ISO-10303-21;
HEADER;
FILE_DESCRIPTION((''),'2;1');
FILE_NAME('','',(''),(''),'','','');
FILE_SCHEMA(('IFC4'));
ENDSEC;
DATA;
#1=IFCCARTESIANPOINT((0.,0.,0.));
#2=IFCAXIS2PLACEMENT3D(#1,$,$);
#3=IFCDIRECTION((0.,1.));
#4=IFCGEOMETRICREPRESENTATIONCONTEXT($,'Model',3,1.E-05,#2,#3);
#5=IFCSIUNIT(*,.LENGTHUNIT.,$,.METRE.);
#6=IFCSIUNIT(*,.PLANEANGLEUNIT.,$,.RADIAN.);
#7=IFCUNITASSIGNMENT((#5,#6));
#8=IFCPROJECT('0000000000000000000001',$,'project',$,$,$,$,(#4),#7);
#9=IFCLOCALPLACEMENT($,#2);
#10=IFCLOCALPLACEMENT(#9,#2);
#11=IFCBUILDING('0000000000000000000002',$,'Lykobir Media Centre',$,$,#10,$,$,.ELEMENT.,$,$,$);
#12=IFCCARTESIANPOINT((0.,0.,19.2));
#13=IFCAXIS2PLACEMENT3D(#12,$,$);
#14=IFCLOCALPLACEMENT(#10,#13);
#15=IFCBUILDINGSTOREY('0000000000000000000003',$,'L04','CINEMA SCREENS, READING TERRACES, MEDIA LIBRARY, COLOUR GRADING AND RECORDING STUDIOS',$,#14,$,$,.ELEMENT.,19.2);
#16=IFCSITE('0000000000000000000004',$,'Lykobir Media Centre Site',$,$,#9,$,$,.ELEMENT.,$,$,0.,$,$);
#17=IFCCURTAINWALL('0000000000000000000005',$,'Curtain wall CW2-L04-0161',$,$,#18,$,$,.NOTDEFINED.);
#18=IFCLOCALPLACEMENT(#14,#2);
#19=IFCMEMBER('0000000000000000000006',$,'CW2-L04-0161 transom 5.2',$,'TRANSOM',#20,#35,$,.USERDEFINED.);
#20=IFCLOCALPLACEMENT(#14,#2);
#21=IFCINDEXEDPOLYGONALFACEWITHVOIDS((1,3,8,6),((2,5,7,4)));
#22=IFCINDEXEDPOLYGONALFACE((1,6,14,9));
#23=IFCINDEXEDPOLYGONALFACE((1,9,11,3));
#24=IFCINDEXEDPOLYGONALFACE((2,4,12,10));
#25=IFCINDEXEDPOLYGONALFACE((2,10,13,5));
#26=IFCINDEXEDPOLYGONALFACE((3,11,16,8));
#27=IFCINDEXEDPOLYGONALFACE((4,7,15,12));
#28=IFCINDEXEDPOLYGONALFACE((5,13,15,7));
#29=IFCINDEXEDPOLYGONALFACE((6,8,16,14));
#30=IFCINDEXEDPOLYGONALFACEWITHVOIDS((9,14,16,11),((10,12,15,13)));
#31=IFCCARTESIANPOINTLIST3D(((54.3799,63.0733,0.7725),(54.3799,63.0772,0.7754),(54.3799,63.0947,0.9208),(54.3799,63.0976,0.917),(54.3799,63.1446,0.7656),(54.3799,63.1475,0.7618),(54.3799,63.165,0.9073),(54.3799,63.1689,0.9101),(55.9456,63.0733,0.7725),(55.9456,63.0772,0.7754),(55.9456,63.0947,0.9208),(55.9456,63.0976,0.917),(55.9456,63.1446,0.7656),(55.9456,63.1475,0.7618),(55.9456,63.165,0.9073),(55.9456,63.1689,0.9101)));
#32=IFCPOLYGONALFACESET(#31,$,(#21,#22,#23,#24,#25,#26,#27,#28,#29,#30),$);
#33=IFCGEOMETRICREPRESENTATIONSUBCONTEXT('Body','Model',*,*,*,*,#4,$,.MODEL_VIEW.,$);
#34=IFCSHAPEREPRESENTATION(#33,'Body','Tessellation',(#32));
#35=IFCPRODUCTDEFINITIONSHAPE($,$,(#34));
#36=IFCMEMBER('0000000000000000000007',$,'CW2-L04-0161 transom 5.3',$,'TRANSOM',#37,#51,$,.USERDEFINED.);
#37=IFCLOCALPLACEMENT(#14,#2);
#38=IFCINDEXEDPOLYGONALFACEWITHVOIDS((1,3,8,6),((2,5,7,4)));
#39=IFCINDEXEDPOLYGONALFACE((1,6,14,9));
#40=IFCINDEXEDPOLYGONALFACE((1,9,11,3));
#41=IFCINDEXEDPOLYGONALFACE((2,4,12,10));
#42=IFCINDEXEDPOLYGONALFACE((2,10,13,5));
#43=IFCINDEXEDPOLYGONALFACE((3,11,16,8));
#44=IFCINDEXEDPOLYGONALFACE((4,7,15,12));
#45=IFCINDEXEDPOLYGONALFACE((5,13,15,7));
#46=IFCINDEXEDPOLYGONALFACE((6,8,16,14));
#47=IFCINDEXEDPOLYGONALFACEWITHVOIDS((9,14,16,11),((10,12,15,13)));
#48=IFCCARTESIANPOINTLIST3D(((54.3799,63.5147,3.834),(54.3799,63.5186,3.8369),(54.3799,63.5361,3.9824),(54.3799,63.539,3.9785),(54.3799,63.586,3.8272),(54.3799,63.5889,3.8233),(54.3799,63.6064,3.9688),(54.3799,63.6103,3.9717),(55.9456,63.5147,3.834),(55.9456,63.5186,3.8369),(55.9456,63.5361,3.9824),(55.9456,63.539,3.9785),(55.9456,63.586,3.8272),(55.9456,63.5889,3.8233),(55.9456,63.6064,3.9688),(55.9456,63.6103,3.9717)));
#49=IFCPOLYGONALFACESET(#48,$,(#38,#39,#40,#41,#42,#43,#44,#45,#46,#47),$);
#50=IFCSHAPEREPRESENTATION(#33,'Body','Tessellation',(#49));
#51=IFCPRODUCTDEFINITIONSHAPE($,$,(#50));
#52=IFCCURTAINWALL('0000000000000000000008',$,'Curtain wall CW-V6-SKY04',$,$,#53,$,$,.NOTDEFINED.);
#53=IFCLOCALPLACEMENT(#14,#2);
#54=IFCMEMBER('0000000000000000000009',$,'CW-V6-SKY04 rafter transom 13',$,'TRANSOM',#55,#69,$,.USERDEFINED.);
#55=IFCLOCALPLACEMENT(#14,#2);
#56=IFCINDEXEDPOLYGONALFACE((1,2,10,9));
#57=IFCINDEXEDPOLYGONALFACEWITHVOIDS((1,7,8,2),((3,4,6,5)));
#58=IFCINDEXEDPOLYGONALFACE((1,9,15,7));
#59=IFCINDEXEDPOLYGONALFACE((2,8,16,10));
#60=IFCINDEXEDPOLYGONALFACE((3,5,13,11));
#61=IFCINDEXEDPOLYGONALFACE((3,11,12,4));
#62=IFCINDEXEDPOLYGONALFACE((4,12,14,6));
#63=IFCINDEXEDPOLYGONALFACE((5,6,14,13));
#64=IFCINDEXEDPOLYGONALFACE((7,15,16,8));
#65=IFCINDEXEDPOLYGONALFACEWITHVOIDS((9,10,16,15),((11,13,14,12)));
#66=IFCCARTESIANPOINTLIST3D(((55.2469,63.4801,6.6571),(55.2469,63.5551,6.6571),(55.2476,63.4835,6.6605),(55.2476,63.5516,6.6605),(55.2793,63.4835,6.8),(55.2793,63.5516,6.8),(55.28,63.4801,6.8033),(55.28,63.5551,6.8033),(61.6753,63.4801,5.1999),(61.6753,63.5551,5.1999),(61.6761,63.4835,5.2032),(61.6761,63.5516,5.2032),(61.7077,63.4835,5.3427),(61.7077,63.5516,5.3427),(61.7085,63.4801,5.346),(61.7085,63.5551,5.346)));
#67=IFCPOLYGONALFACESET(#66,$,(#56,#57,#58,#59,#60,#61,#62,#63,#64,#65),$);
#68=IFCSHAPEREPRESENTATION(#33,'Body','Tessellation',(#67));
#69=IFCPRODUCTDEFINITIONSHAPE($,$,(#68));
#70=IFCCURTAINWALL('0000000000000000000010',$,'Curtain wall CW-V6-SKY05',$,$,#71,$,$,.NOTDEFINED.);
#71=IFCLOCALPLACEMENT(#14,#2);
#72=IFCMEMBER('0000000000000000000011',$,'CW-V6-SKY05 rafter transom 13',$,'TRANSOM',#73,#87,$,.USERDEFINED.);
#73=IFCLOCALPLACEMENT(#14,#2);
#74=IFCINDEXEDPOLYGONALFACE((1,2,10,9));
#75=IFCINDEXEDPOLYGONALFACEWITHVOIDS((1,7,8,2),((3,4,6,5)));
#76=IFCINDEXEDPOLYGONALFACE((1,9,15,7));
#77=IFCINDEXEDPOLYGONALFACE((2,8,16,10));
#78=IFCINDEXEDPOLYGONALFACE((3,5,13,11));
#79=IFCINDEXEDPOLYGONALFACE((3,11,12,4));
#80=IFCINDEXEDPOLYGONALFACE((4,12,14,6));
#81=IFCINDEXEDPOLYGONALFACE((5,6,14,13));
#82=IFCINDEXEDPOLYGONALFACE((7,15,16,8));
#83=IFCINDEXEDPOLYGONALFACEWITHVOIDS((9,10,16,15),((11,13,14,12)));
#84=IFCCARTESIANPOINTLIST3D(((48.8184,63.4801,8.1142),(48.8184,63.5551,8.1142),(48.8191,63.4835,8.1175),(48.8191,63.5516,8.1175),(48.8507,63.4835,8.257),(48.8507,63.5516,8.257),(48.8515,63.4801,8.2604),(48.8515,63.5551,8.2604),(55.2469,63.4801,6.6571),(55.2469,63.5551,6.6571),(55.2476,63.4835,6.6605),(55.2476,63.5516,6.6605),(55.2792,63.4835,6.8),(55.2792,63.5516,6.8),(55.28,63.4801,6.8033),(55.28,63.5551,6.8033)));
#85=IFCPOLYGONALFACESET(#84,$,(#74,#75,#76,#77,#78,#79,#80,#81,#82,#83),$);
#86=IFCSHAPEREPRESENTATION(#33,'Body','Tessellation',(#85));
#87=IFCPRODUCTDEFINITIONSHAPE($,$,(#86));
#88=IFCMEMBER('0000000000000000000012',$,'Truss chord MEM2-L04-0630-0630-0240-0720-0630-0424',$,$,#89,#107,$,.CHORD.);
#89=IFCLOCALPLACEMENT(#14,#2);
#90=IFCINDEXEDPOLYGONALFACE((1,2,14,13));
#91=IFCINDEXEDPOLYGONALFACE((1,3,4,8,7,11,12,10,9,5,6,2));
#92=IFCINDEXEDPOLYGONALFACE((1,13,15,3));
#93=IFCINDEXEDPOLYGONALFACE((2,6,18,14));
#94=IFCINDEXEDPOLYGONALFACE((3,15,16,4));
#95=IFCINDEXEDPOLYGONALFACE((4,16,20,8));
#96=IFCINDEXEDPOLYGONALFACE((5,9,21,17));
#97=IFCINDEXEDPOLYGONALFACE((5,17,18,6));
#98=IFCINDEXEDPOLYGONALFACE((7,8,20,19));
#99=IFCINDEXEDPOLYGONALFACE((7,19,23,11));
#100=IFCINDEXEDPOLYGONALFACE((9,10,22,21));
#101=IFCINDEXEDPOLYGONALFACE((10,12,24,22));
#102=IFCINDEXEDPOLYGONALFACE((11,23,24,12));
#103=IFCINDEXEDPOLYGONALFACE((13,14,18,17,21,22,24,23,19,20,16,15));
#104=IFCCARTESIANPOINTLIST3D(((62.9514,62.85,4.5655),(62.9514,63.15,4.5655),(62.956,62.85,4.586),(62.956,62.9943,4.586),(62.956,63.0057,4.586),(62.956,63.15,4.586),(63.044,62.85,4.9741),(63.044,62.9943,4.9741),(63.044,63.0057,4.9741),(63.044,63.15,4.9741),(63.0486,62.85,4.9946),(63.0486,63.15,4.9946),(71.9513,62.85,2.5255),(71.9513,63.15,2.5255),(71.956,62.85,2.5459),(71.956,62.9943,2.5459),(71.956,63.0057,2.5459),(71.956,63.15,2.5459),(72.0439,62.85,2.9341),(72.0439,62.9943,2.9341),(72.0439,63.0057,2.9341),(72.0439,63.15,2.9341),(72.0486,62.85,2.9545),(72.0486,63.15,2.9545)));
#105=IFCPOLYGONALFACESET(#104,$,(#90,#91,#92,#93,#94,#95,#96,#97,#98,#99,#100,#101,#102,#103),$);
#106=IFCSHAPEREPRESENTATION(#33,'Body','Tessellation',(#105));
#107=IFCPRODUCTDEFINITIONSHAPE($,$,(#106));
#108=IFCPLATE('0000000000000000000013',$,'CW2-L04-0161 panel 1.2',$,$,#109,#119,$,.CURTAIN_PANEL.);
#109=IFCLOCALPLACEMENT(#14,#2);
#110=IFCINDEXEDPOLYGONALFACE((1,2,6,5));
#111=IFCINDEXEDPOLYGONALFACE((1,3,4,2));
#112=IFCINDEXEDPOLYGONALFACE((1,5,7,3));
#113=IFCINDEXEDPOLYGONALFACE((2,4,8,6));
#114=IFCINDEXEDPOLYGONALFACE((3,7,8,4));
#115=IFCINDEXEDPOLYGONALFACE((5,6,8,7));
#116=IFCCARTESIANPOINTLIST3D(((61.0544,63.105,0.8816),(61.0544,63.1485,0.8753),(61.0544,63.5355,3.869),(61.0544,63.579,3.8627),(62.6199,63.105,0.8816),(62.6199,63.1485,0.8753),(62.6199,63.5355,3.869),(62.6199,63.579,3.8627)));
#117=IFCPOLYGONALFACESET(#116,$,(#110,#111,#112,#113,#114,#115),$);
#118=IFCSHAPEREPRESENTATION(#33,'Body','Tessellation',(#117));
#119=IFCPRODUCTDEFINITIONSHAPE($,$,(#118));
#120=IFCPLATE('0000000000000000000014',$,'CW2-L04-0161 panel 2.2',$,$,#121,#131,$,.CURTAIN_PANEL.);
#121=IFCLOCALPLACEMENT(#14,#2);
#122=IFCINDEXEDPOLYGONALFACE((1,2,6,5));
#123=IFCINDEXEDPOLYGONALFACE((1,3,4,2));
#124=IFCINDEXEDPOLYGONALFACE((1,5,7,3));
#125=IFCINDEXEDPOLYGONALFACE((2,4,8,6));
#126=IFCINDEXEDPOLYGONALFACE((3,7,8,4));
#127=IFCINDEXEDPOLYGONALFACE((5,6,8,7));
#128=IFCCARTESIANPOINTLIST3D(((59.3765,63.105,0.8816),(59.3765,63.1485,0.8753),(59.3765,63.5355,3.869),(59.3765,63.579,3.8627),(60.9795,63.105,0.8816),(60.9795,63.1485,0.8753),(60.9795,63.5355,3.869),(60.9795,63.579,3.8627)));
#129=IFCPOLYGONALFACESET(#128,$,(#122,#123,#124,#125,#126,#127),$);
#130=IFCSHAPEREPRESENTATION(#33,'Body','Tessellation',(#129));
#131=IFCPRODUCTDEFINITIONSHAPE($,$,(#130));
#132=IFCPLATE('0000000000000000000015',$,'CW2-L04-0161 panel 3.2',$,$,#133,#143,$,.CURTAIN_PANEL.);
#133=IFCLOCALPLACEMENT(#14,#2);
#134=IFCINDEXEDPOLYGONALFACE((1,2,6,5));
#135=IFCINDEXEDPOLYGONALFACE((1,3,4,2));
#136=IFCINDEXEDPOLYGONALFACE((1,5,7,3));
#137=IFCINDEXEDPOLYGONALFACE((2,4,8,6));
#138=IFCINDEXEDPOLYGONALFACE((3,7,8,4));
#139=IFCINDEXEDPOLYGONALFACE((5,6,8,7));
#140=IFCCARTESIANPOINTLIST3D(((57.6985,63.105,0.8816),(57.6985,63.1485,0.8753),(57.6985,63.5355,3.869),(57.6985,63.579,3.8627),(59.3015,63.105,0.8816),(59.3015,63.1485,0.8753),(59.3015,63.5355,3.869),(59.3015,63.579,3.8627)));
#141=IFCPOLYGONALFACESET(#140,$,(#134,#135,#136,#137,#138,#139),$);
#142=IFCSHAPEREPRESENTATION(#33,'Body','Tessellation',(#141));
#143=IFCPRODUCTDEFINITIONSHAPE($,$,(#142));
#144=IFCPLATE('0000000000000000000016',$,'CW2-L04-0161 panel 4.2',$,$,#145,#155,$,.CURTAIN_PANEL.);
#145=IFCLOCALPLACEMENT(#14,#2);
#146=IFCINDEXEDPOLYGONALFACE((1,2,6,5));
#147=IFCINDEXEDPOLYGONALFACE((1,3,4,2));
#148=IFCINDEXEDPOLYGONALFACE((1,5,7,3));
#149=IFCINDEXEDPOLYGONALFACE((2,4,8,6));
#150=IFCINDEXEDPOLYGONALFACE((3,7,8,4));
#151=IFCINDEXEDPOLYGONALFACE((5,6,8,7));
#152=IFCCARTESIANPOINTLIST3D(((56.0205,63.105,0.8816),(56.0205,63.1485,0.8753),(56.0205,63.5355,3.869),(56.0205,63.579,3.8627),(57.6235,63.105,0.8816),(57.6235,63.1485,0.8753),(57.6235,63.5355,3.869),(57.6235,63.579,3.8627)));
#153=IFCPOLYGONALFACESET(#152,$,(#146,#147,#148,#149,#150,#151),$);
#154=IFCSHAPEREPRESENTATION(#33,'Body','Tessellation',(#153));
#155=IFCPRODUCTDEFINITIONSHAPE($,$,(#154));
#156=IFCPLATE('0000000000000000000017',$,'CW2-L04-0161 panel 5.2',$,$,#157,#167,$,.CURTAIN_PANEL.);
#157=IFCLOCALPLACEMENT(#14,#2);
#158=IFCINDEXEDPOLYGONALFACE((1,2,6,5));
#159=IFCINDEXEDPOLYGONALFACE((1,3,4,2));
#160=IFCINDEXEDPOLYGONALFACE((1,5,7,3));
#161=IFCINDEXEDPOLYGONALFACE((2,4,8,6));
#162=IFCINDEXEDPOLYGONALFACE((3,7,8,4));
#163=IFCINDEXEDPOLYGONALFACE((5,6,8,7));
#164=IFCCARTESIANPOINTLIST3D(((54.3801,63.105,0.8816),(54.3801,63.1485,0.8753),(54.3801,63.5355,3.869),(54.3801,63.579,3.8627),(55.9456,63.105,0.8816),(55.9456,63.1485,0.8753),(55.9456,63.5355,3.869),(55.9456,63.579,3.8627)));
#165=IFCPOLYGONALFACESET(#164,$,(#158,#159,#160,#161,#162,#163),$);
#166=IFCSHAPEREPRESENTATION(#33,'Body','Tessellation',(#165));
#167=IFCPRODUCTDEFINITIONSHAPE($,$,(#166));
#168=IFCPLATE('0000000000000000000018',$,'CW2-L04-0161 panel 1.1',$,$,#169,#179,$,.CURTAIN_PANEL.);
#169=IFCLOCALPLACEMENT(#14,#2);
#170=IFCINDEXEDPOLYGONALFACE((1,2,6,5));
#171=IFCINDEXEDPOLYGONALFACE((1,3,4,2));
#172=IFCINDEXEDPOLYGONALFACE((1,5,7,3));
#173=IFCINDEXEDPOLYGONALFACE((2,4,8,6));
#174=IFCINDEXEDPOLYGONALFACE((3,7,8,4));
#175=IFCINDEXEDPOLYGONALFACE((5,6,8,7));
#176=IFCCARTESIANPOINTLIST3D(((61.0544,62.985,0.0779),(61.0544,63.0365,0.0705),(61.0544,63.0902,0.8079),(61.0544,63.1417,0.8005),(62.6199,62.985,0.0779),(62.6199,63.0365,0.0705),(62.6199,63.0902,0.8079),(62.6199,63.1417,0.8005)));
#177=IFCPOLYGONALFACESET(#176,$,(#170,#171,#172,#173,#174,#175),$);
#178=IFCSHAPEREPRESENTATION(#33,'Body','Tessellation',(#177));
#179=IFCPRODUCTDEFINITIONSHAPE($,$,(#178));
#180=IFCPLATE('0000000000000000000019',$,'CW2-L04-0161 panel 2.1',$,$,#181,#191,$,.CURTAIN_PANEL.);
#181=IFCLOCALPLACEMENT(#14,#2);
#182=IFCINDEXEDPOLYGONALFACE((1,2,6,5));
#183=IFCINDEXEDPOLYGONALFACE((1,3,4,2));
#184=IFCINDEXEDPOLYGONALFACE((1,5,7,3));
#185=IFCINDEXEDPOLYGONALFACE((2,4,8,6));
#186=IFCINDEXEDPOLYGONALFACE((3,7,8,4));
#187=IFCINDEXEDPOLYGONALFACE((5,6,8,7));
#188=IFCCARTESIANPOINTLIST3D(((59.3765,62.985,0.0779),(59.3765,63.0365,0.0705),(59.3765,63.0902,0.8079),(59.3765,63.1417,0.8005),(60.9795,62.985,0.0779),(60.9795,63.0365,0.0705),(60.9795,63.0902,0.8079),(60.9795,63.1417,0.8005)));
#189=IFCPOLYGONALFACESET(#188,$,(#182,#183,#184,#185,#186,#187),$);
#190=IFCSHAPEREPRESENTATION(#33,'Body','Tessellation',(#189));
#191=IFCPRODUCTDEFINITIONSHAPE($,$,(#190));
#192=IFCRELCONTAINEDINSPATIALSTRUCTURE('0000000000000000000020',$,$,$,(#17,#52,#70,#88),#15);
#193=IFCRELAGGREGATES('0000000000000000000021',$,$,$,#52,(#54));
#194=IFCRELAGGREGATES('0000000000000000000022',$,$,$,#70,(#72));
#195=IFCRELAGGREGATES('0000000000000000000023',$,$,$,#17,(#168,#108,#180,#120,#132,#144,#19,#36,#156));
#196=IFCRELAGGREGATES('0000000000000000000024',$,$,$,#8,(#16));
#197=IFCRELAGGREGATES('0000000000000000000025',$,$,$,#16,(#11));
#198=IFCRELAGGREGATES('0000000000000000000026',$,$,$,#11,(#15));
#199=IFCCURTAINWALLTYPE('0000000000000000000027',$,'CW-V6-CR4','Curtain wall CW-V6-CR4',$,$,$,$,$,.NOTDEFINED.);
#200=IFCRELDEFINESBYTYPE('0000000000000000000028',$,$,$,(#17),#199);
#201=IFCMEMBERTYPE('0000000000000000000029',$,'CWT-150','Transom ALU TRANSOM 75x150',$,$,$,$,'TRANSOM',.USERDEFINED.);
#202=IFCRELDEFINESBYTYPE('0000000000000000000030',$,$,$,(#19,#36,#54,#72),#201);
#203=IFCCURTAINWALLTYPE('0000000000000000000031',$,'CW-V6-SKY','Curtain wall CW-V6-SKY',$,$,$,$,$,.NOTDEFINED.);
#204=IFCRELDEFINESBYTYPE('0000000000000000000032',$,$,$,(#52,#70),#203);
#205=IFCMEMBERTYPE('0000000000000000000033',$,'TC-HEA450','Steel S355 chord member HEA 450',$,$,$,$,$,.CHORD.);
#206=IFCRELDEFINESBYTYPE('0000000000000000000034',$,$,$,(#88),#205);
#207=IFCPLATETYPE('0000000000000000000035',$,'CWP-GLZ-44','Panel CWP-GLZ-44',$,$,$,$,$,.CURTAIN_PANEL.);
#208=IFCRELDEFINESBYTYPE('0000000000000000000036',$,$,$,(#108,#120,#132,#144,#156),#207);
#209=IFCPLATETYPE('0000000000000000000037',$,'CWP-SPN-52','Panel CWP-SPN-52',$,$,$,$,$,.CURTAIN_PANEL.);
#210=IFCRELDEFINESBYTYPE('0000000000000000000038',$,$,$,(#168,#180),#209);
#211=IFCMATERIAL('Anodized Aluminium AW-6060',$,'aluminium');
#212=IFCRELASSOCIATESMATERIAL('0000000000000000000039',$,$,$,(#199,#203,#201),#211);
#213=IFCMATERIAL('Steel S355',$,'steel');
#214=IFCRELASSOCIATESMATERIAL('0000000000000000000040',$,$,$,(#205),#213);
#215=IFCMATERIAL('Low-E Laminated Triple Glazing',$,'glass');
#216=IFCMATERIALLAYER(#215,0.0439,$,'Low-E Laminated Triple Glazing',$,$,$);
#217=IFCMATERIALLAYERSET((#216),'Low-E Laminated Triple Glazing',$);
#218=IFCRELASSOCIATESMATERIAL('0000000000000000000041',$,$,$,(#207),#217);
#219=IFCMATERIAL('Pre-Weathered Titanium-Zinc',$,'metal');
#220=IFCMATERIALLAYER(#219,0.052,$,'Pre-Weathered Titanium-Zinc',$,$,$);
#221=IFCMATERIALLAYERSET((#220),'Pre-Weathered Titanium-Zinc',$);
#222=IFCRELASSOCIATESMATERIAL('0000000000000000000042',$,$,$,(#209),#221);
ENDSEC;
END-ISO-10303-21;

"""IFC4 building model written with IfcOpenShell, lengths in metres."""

from ifc_helpers import new_model, si_unit, direction, frame, origin, origin_2d, place, context, subcontext, project, spatial, rectangle, hollow_rectangle, i_section, extrude, material, layer, layer_set, material_profile, profile_set, type_object, element, aggregate, save


model = new_model("IFC4")

# Units and contexts
model_context = context("Model", 3, precision=1e-05, world=origin(), true_north=direction((0.0, 1.0)))
body_context = subcontext(model_context, "Body", "Model", "MODEL_VIEW")
ifc_project = project(units=[si_unit("LENGTHUNIT", "METRE"), si_unit("PLANEANGLEUNIT", "RADIAN")], contexts=[model_context])

# Site, building, storey
site_placement = place(None, origin())
site = spatial("IfcSite", under=ifc_project, at=site_placement, Name="Lykobir Media Centre Site", CompositionType="ELEMENT", RefElevation=0.0)
building_placement = place(site_placement, origin())
building = spatial("IfcBuilding", under=site, at=building_placement, Name="Lykobir Media Centre", CompositionType="ELEMENT")
storey_placement = place(building_placement, frame((0.0, 0.0, 19.2)))
storey = spatial("IfcBuildingStorey", under=building, at=storey_placement, Name="L04", Description="CINEMA SCREENS, READING TERRACES, MEDIA LIBRARY, COLOUR GRADING AND RECORDING STUDIOS", CompositionType="ELEMENT", Elevation=19.2)

# Shared definitions
ifc_material_1 = material(Name="Steel S355", Category="steel")

# Curtain wall, members
ifc_material_2 = material(Name="Anodized Aluminium AW-6060", Category="aluminium")
curtain_wall_type_1 = type_object("IfcCurtainWallType", Name="CW-V6-CR4", Description="Curtain wall CW-V6-CR4", PredefinedType="NOTDEFINED", material=ifc_material_2)
curtain_wall_1_placement = place(storey_placement, origin())
curtain_wall_1 = element("IfcCurtainWall", 1, at=curtain_wall_1_placement, inside=storey, type_object=curtain_wall_type_1, Name="Curtain wall CW2-L04-0161", PredefinedType="NOTDEFINED")
ifc_material_profile_1 = material_profile(ifc_material_2, hollow_rectangle(XDim=0.075, YDim=0.1499, WallThickness=0.0034, at=origin_2d()), Name="ALU TRANSOM 75x150")
ifc_profile_set_1 = profile_set([ifc_material_profile_1], Name="Anodized Aluminium AW-6060")
member_type_1 = type_object("IfcMemberType", Name="CWT-150", Description="Transom ALU TRANSOM 75x150", ElementType="TRANSOM", PredefinedType="USERDEFINED", material=ifc_profile_set_1)
member_1_placement = place(storey_placement, frame((55.9456, 63.1211, 0.8413), z_axis=(-1.0, 0.0, 0.0), x_axis=(0.0, -0.989776, 0.142629)))
member_1 = element("IfcMember", 2, at=member_1_placement, type_object=member_type_1, Name="CW2-L04-0161 transom 5.2", ObjectType="TRANSOM", PredefinedType="USERDEFINED", context=body_context, shape_type="SweptSolid", body=[
    extrude(hollow_rectangle(XDim=0.075, YDim=0.1499, WallThickness=0.0034, at=origin_2d()), origin(), (0.0, 0.0, 1.0), 1.5657),
])
member_2_placement = place(storey_placement, frame((55.9456, 63.5625, 3.9028), z_axis=(-1.0, 0.0, 0.0), x_axis=(0.0, -0.989776, 0.142629)))
member_2 = element("IfcMember", 3, at=member_2_placement, type_object=member_type_1, Name="CW2-L04-0161 transom 5.3", ObjectType="TRANSOM", PredefinedType="USERDEFINED", context=body_context, shape_type="SweptSolid", body=[
    extrude(hollow_rectangle(XDim=0.075, YDim=0.1499, WallThickness=0.0034, at=origin_2d()), origin(), (0.0, 0.0, 1.0), 1.5657),
])

# Curtain walls, members
curtain_wall_type_2 = type_object("IfcCurtainWallType", Name="CW-V6-SKY", Description="Curtain wall CW-V6-SKY", PredefinedType="NOTDEFINED", material=ifc_material_2)
curtain_wall_2_placement = place(storey_placement, origin())
curtain_wall_2 = element("IfcCurtainWall", 4, at=curtain_wall_2_placement, inside=storey, type_object=curtain_wall_type_2, Name="Curtain wall CW-V6-SKY04", PredefinedType="NOTDEFINED")
member_3_placement = place(storey_placement, frame((61.6919, 63.5176, 5.2729), z_axis=(-0.975255, 0.0, 0.221082), x_axis=(0.0, -1.0, 0.0)))
member_3 = element("IfcMember", 5, at=member_3_placement, type_object=member_type_1, Name="CW-V6-SKY04 rafter transom 13", ObjectType="TRANSOM", PredefinedType="USERDEFINED", context=body_context, shape_type="SweptSolid", body=[
    extrude(hollow_rectangle(XDim=0.075, YDim=0.1499, WallThickness=0.0034, at=origin_2d()), origin(), (0.0, 0.0, 1.0), 6.5916),
])
aggregate(curtain_wall_2, [member_3])
curtain_wall_3_placement = place(storey_placement, origin())
curtain_wall_3 = element("IfcCurtainWall", 6, at=curtain_wall_3_placement, inside=storey, type_object=curtain_wall_type_2, Name="Curtain wall CW-V6-SKY05", PredefinedType="NOTDEFINED")
member_4_placement = place(storey_placement, frame((55.2634, 63.5176, 6.7302), z_axis=(-0.975263, 0.0, 0.221046), x_axis=(0.0, -1.0, 0.0)))
member_4 = element("IfcMember", 7, at=member_4_placement, type_object=member_type_1, Name="CW-V6-SKY05 rafter transom 13", ObjectType="TRANSOM", PredefinedType="USERDEFINED", context=body_context, shape_type="SweptSolid", body=[
    extrude(hollow_rectangle(XDim=0.075, YDim=0.1499, WallThickness=0.0034, at=origin_2d()), origin(), (0.0, 0.0, 1.0), 6.5916),
])
aggregate(curtain_wall_3, [member_4])

# Member
ifc_material_profile_2 = material_profile(ifc_material_1, i_section(OverallWidth=0.3, OverallDepth=0.4399, WebThickness=0.0115, FlangeThickness=0.021, at=origin_2d()), Name="HEA 450")
ifc_profile_set_2 = profile_set([ifc_material_profile_2], Name="Steel S355")
member_type_2 = type_object("IfcMemberType", Name="TC-HEA450", Description="Steel S355 chord member HEA 450", PredefinedType="CHORD", material=ifc_profile_set_2)
member_5_placement = place(storey_placement, frame((63.0, 63.0, 4.78), z_axis=(0.97526, 0.0, -0.221063), x_axis=(0.0, 1.0, 0.0)))
element("IfcMember", 8, at=member_5_placement, inside=storey, type_object=member_type_2, Name="Truss chord MEM2-L04-0630-0630-0240-0720-0630-0424", PredefinedType="CHORD", context=body_context, shape_type="SweptSolid", body=[
    extrude(i_section(OverallWidth=0.3, OverallDepth=0.4399, WebThickness=0.0115, FlangeThickness=0.021, at=origin_2d()), origin(), (0.0, 0.0, 1.0), 9.2283),
])

# Plates
ifc_material_3 = material(Name="Low-E Laminated Triple Glazing", Category="glass")
ifc_layer_1 = layer(ifc_material_3, 0.0439, Name="Low-E Laminated Triple Glazing")
ifc_layer_set_1 = layer_set([ifc_layer_1], Name="Low-E Laminated Triple Glazing")
plate_type_1 = type_object("IfcPlateType", Name="CWP-GLZ-44", Description="Panel CWP-GLZ-44", PredefinedType="CURTAIN_PANEL", material=ifc_layer_set_1)
plate_1_placement = place(storey_placement, frame((61.8372, 63.1267, 0.8784), z_axis=(0.0, 0.142629, 0.989776), x_axis=(-1.0, 0.0, 0.0)))
plate_1 = element("IfcPlate", 9, at=plate_1_placement, type_object=plate_type_1, Name="CW2-L04-0161 panel 1.2", PredefinedType="CURTAIN_PANEL", context=body_context, shape_type="SweptSolid", body=[
    extrude(rectangle(XDim=1.5654, YDim=0.0439, at=origin_2d()), origin(), (0.0, 0.0, 1.0), 3.0183),
])
plate_2_placement = place(storey_placement, frame((60.178, 63.1267, 0.8784), z_axis=(0.0, 0.142629, 0.989776), x_axis=(-1.0, 0.0, 0.0)))
plate_2 = element("IfcPlate", 10, at=plate_2_placement, type_object=plate_type_1, Name="CW2-L04-0161 panel 2.2", PredefinedType="CURTAIN_PANEL", context=body_context, shape_type="SweptSolid", body=[
    extrude(rectangle(XDim=1.603, YDim=0.0439, at=origin_2d()), origin(), (0.0, 0.0, 1.0), 3.0183),
])
plate_3_placement = place(storey_placement, frame((58.5, 63.1267, 0.8784), z_axis=(0.0, 0.142629, 0.989776), x_axis=(-1.0, 0.0, 0.0)))
plate_3 = element("IfcPlate", 11, at=plate_3_placement, type_object=plate_type_1, Name="CW2-L04-0161 panel 3.2", PredefinedType="CURTAIN_PANEL", context=body_context, shape_type="SweptSolid", body=[
    extrude(rectangle(XDim=1.603, YDim=0.0439, at=origin_2d()), origin(), (0.0, 0.0, 1.0), 3.0183),
])
plate_4_placement = place(storey_placement, frame((56.822, 63.1267, 0.8784), z_axis=(0.0, 0.142629, 0.989776), x_axis=(-1.0, 0.0, 0.0)))
plate_4 = element("IfcPlate", 12, at=plate_4_placement, type_object=plate_type_1, Name="CW2-L04-0161 panel 4.2", PredefinedType="CURTAIN_PANEL", context=body_context, shape_type="SweptSolid", body=[
    extrude(rectangle(XDim=1.603, YDim=0.0439, at=origin_2d()), origin(), (0.0, 0.0, 1.0), 3.0183),
])
plate_5_placement = place(storey_placement, frame((55.1628, 63.1267, 0.8784), z_axis=(0.0, 0.142629, 0.989776), x_axis=(-1.0, 0.0, 0.0)))
plate_5 = element("IfcPlate", 13, at=plate_5_placement, type_object=plate_type_1, Name="CW2-L04-0161 panel 5.2", PredefinedType="CURTAIN_PANEL", context=body_context, shape_type="SweptSolid", body=[
    extrude(rectangle(XDim=1.5654, YDim=0.0439, at=origin_2d()), origin(), (0.0, 0.0, 1.0), 3.0183),
])
ifc_material_4 = material(Name="Pre-Weathered Titanium-Zinc", Category="metal")
ifc_layer_2 = layer(ifc_material_4, 0.052, Name="Pre-Weathered Titanium-Zinc")
ifc_layer_set_2 = layer_set([ifc_layer_2], Name="Pre-Weathered Titanium-Zinc")
plate_type_2 = type_object("IfcPlateType", Name="CWP-SPN-52", Description="Panel CWP-SPN-52", PredefinedType="CURTAIN_PANEL", material=ifc_layer_set_2)
plate_6_placement = place(storey_placement, frame((61.8372, 63.0107, 0.0742), z_axis=(0.0, 0.142629, 0.989776), x_axis=(-1.0, 0.0, 0.0)))
plate_6 = element("IfcPlate", 14, at=plate_6_placement, type_object=plate_type_2, Name="CW2-L04-0161 panel 1.1", PredefinedType="CURTAIN_PANEL", context=body_context, shape_type="SweptSolid", body=[
    extrude(rectangle(XDim=1.5654, YDim=0.052, at=origin_2d()), origin(), (0.0, 0.0, 1.0), 0.7375),
])
plate_7_placement = place(storey_placement, frame((60.178, 63.0107, 0.0742), z_axis=(0.0, 0.142629, 0.989776), x_axis=(-1.0, 0.0, 0.0)))
plate_7 = element("IfcPlate", 15, at=plate_7_placement, type_object=plate_type_2, Name="CW2-L04-0161 panel 2.1", PredefinedType="CURTAIN_PANEL", context=body_context, shape_type="SweptSolid", body=[
    extrude(rectangle(XDim=1.603, YDim=0.052, at=origin_2d()), origin(), (0.0, 0.0, 1.0), 0.7375),
])
aggregate(curtain_wall_1, [plate_6, plate_1, plate_7, plate_2, plate_3, plate_4, member_1, member_2, plate_5])

save(model, "model.ifc")
